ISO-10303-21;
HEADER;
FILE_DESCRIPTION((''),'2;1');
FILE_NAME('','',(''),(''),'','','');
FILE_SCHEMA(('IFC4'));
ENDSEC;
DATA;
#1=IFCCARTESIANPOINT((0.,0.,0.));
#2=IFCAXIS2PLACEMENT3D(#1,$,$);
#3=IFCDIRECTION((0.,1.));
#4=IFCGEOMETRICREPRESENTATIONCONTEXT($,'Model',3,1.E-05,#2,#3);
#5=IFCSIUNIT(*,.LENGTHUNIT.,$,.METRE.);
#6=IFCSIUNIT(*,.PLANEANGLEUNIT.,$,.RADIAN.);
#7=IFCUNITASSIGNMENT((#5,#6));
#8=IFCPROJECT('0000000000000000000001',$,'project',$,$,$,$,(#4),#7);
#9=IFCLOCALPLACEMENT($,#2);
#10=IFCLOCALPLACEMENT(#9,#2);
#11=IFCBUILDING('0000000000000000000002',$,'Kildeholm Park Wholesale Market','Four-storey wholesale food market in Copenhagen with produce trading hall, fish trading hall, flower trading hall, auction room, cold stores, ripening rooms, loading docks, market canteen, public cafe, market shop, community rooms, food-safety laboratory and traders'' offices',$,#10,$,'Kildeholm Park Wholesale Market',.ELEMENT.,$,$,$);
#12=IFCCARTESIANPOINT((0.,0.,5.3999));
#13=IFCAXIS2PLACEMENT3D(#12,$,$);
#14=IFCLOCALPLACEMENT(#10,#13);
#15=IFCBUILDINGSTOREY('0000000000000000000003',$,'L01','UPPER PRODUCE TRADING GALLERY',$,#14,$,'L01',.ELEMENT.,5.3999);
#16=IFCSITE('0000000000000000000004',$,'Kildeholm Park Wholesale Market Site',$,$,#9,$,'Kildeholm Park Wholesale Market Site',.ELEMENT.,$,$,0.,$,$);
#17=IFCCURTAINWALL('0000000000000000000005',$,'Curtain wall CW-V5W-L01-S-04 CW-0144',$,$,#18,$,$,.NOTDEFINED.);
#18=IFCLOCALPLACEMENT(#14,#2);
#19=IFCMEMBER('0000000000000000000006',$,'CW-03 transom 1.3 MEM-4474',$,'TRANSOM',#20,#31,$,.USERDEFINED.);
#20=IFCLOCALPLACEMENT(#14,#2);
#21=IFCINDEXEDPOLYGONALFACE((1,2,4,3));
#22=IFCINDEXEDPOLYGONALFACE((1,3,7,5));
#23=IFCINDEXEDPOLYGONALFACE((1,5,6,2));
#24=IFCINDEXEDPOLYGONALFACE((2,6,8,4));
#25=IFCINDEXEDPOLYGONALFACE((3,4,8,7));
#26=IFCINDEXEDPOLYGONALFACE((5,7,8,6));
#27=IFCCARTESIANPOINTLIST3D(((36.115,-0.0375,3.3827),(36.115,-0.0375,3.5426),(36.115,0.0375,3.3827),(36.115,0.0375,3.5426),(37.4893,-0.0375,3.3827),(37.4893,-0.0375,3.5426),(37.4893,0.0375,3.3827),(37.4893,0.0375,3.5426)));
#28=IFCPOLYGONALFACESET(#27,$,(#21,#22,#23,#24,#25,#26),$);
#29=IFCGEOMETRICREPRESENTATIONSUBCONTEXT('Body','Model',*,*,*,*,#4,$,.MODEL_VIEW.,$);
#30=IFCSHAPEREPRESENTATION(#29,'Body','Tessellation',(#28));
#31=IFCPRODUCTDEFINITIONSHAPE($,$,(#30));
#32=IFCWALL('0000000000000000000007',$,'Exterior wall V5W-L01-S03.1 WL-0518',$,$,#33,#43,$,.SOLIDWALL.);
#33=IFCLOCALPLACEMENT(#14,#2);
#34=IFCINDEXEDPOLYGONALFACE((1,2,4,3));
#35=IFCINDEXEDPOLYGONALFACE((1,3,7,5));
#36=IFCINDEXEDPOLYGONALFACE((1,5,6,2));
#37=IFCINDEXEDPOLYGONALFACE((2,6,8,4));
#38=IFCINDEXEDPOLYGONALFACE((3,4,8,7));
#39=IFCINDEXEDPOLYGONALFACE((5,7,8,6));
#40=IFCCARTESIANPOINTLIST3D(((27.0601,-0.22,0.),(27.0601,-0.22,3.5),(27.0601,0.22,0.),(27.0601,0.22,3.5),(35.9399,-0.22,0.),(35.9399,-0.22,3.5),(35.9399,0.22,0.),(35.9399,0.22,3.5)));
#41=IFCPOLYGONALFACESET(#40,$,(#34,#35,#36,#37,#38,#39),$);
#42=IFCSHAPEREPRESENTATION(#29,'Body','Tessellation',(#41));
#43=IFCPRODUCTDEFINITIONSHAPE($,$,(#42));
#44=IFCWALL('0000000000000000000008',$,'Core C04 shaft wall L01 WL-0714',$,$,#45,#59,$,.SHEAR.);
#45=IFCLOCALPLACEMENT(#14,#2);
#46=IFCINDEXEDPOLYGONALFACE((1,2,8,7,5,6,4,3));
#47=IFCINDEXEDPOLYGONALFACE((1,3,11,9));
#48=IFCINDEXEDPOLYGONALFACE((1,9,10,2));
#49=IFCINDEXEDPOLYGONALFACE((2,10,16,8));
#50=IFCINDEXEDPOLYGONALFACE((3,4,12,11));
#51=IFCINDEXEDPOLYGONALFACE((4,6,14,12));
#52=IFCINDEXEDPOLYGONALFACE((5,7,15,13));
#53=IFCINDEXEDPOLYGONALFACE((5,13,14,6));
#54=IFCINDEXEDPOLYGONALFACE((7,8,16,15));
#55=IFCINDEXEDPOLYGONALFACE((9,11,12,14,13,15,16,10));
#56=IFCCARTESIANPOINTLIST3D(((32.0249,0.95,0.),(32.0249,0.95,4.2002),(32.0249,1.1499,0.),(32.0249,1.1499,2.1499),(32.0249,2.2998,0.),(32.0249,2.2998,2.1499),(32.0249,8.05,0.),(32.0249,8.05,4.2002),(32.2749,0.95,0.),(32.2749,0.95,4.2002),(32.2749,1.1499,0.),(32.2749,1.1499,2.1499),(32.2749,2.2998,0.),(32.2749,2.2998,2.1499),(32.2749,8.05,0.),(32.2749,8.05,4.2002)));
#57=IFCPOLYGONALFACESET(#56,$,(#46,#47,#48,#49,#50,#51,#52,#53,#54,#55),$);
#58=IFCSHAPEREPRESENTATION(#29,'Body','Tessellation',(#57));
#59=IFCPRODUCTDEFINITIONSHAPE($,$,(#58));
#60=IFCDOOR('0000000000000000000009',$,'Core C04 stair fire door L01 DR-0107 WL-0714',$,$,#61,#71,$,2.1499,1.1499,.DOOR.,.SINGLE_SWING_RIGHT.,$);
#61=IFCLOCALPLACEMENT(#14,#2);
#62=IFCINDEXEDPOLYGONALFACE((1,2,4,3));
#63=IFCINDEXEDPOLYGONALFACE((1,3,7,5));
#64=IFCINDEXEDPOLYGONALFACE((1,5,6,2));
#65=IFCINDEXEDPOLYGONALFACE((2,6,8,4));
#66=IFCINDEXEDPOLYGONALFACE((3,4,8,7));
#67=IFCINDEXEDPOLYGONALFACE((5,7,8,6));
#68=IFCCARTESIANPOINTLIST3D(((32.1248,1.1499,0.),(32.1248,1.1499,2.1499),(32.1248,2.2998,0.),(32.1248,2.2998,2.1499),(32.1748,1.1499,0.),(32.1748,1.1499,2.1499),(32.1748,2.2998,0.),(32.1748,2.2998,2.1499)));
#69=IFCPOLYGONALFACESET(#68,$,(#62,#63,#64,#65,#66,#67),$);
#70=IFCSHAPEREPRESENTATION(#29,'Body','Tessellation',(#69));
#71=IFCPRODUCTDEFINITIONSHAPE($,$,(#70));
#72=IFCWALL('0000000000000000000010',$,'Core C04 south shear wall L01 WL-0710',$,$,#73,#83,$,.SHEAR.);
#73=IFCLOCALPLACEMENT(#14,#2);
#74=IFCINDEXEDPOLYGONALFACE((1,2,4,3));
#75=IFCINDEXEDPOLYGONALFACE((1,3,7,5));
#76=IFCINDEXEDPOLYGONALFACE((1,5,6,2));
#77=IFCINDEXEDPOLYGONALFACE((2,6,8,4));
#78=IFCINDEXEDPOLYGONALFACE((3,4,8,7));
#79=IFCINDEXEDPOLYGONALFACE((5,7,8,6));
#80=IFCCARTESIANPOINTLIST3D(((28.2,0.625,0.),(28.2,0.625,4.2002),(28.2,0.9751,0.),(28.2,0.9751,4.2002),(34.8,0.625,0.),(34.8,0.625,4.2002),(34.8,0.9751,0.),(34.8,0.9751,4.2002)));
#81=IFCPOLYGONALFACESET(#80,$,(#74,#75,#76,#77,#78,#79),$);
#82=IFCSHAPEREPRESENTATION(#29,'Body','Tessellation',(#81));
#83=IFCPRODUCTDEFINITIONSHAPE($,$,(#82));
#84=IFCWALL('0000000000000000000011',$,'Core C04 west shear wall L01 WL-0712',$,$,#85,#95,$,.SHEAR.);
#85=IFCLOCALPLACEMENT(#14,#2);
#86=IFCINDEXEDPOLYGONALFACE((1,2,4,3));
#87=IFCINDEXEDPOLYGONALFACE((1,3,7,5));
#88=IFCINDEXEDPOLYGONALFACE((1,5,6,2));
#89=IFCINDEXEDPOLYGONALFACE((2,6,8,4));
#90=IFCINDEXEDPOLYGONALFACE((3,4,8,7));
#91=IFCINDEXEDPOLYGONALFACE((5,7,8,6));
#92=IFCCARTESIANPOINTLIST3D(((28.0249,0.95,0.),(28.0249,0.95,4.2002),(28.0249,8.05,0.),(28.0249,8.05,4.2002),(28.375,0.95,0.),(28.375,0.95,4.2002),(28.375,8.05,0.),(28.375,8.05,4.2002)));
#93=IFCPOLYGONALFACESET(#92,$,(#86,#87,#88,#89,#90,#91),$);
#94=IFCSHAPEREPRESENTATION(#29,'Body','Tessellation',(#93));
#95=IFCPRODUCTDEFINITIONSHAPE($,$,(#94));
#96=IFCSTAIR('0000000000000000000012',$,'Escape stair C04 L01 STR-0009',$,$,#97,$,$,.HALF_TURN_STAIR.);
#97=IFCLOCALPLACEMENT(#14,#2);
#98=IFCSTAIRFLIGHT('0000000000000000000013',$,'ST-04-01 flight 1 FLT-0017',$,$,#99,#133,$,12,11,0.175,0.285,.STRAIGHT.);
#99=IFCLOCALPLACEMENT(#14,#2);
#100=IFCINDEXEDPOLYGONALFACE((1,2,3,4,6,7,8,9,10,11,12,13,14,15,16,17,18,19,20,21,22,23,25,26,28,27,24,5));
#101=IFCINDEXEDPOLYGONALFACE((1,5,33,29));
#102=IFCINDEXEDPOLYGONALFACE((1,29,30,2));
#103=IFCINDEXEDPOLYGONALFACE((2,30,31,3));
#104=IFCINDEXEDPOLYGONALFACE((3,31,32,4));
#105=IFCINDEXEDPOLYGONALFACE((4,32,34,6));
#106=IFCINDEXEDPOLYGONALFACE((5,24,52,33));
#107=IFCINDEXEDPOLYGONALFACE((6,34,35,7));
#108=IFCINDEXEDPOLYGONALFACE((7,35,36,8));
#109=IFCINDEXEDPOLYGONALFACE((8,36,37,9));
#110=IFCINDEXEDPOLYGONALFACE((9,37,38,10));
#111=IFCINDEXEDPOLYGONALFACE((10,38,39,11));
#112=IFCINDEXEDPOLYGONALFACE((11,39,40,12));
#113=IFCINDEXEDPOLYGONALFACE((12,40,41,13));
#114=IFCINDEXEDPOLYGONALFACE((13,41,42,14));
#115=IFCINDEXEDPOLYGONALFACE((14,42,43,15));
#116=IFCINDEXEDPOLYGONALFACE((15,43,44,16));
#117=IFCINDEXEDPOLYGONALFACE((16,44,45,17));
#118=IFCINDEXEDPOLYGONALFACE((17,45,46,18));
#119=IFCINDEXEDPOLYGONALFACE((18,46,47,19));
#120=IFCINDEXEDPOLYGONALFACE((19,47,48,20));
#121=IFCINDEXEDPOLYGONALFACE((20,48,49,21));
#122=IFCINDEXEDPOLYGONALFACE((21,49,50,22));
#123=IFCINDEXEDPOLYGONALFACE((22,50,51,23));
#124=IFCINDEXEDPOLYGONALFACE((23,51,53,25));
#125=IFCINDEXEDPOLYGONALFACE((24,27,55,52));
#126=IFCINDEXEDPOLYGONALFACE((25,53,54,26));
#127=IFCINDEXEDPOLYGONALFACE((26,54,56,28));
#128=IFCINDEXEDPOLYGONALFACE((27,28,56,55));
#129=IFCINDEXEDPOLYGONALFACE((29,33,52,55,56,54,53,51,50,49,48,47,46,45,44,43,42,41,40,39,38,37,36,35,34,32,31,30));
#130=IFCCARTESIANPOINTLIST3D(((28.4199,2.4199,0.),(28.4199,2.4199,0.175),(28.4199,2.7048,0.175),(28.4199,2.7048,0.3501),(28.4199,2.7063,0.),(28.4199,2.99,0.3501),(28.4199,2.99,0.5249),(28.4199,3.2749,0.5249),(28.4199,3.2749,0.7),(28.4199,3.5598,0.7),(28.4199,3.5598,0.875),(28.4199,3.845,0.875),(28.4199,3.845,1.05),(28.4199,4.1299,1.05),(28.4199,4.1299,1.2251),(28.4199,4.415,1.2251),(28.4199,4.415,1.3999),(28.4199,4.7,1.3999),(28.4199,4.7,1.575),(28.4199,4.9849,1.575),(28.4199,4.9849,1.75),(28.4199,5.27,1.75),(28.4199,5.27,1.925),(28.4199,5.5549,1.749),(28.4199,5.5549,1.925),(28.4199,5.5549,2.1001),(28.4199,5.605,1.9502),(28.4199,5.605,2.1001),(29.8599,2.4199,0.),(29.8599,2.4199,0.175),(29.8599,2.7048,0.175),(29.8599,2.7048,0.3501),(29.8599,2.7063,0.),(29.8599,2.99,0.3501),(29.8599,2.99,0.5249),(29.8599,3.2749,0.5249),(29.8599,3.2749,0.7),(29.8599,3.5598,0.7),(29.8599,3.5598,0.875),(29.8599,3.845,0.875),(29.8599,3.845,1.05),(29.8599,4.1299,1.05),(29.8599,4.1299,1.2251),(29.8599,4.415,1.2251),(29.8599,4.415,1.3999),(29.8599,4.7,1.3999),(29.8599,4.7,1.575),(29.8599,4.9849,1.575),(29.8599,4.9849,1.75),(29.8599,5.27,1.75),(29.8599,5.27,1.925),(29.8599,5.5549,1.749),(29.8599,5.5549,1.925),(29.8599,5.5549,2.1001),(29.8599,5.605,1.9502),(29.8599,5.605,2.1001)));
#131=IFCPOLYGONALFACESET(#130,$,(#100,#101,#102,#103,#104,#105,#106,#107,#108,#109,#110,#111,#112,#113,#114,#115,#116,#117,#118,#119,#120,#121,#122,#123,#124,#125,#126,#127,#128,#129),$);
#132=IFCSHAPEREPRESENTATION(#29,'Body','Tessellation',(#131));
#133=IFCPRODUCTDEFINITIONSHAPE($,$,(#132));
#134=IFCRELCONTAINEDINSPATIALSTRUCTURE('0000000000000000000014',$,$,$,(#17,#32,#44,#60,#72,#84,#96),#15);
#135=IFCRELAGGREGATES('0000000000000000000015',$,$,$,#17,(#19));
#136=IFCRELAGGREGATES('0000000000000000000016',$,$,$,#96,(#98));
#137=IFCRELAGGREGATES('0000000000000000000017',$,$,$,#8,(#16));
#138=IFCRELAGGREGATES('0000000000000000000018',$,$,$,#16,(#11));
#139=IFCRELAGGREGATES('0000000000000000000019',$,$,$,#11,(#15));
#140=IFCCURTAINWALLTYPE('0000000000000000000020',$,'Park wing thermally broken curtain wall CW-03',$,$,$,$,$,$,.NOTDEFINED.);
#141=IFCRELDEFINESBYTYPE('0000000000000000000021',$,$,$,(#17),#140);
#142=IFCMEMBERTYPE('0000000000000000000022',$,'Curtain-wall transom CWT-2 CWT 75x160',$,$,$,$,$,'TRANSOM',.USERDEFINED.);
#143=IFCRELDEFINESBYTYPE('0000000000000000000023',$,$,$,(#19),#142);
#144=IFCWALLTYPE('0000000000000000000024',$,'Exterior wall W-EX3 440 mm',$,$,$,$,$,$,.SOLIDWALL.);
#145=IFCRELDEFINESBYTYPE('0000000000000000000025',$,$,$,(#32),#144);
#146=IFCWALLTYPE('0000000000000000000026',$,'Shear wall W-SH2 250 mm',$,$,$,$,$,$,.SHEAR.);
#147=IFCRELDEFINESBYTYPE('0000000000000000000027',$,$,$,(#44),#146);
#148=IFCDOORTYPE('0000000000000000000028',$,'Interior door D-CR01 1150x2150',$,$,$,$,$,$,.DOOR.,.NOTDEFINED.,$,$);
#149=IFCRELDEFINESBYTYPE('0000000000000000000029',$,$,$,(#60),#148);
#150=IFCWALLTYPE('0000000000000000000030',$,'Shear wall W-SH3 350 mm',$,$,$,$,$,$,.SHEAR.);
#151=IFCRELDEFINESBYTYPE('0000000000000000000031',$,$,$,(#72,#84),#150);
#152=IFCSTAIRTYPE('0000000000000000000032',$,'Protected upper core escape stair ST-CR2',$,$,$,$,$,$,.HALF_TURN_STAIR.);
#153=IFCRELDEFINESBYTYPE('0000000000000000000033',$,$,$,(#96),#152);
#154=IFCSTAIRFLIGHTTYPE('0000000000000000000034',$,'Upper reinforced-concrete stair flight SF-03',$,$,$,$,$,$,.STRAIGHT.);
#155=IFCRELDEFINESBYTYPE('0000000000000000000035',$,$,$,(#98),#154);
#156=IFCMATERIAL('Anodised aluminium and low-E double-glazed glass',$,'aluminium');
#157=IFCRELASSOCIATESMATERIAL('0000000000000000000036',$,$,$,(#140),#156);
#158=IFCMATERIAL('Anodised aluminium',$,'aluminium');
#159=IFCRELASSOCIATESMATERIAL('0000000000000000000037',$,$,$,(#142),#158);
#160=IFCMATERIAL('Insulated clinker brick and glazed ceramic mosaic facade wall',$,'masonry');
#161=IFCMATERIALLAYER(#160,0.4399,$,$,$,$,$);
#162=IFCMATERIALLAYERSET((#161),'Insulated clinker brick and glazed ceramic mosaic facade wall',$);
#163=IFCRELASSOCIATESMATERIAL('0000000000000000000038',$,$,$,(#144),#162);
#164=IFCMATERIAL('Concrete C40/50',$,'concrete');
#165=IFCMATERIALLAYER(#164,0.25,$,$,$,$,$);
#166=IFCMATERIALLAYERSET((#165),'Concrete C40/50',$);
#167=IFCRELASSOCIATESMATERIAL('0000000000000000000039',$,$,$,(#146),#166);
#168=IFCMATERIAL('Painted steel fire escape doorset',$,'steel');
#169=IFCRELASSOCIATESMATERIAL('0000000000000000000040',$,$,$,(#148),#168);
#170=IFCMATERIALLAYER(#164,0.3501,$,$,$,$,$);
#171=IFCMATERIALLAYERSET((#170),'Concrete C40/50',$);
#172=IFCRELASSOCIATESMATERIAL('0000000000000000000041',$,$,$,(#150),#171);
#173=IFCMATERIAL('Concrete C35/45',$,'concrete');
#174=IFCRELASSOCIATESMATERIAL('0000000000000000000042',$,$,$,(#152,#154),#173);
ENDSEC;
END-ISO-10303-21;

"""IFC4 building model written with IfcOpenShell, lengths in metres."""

from ifc_helpers import new_model, si_unit, direction, frame, frame_2d, origin, origin_2d, place, context, subcontext, project, spatial, polyline, rectangle, outline, extrude, material, layer, layer_set, material_profile, profile_set, type_object, element, fill, aggregate, save


model = new_model("IFC4")

# Units and contexts
model_context = context("Model", 3, precision=1e-05, world=origin(), true_north=direction((0.0, 1.0)))
body_context = subcontext(model_context, "Body", "Model", "MODEL_VIEW")
ifc_project = project(units=[si_unit("LENGTHUNIT", "METRE"), si_unit("PLANEANGLEUNIT", "RADIAN")], contexts=[model_context])

# Site, building, storey
site_placement = place(None, origin())
site = spatial("IfcSite", under=ifc_project, at=site_placement, Name="Kildeholm Park Wholesale Market Site", LongName="Kildeholm Park Wholesale Market Site", CompositionType="ELEMENT", RefElevation=0.0)
building_placement = place(site_placement, origin())
building = spatial("IfcBuilding", under=site, at=building_placement, Name="Kildeholm Park Wholesale Market", Description="Four-storey wholesale food market in Copenhagen with produce trading hall, fish trading hall, flower trading hall, auction room, cold stores, ripening rooms, loading docks, market canteen, public cafe, market shop, community rooms, food-safety laboratory and traders' offices", LongName="Kildeholm Park Wholesale Market", CompositionType="ELEMENT")
storey_placement = place(building_placement, frame((0.0, 0.0, 5.3999)))
storey = spatial("IfcBuildingStorey", under=building, at=storey_placement, Name="L01", Description="UPPER PRODUCE TRADING GALLERY", LongName="L01", CompositionType="ELEMENT", Elevation=5.3999)

# Shared definitions
ifc_material_1 = material(Name="Anodised aluminium and low-E double-glazed glass", Category="aluminium")
curtain_wall_type = type_object("IfcCurtainWallType", Name="Park wing thermally broken curtain wall CW-03", PredefinedType="NOTDEFINED", material=ifc_material_1)
ifc_material_2 = material(Name="Anodised aluminium", Category="aluminium")

# Curtain wall, member
curtain_wall_1_placement = place(storey_placement, origin())
curtain_wall_1 = element("IfcCurtainWall", 1, at=curtain_wall_1_placement, inside=storey, type_object=curtain_wall_type, Name="Curtain wall CW-V5W-L01-S-04 CW-0144", PredefinedType="NOTDEFINED")
ifc_material_profile_1 = material_profile(ifc_material_2, rectangle(XDim=0.075, YDim=0.1599, at=origin_2d()), Name="CWT 75x160")
ifc_profile_set_1 = profile_set([ifc_material_profile_1], Name="Anodised aluminium")
member_type_1 = type_object("IfcMemberType", Name="Curtain-wall transom CWT-2 CWT 75x160", ElementType="TRANSOM", PredefinedType="USERDEFINED", material=ifc_profile_set_1)
member_1_placement = place(storey_placement, frame((36.115, 0.0, 3.4626), z_axis=(1.0, 0.0, 0.0), x_axis=(0.0, 1.0, 0.0)))
member_1 = element("IfcMember", 2, at=member_1_placement, type_object=member_type_1, Name="CW-03 transom 1.3 MEM-4474", ObjectType="TRANSOM", PredefinedType="USERDEFINED", context=body_context, shape_type="SweptSolid", body=[
    extrude(rectangle(XDim=0.075, YDim=0.1599, at=origin_2d()), origin(), (0.0, 0.0, 1.0), 1.3743),
])
aggregate(curtain_wall_1, [member_1])

# Wall
ifc_material_3 = material(Name="Insulated clinker brick and glazed ceramic mosaic facade wall", Category="masonry")
ifc_layer_1 = layer(ifc_material_3, 0.4399)
ifc_layer_set_1 = layer_set([ifc_layer_1], Name="Insulated clinker brick and glazed ceramic mosaic facade wall")
wall_type_1 = type_object("IfcWallType", Name="Exterior wall W-EX3 440 mm", PredefinedType="SOLIDWALL", material=ifc_layer_set_1)
wall_1_placement = place(storey_placement, frame((27.0601, 0.0, 0.0), z_axis=(0.0, 0.0, 1.0), x_axis=(1.0, 0.0, 0.0)))
element("IfcWall", 3, at=wall_1_placement, inside=storey, type_object=wall_type_1, Name="Exterior wall V5W-L01-S03.1 WL-0518", PredefinedType="SOLIDWALL", context=body_context, shape_type="SweptSolid", body=[
    extrude(rectangle(XDim=8.8799, YDim=0.4399, at=frame_2d((4.4399, 0.0))), origin(), (0.0, 0.0, 1.0), 3.5),
])

# Wall, opening, door
ifc_material_4 = material(Name="Concrete C40/50", Category="concrete")
ifc_layer_2 = layer(ifc_material_4, 0.25)
ifc_layer_set_2 = layer_set([ifc_layer_2], Name="Concrete C40/50")
wall_type_2 = type_object("IfcWallType", Name="Shear wall W-SH2 250 mm", PredefinedType="SHEAR", material=ifc_layer_set_2)
wall_2_placement = place(storey_placement, frame((32.1499, 0.95, 0.0), z_axis=(0.0, 0.0, 1.0), x_axis=(0.0, 1.0, 0.0)))
wall_2 = element("IfcWall", 4, at=wall_2_placement, inside=storey, type_object=wall_type_2, Name="Core C04 shaft wall L01 WL-0714", PredefinedType="SHEAR", context=body_context, shape_type="SweptSolid", body=[
    extrude(rectangle(XDim=7.1001, YDim=0.25, at=frame_2d((3.55, 0.0))), origin(), (0.0, 0.0, 1.0), 4.2002),
])
opening_1_placement = place(wall_2_placement, frame((0.2, 0.0, 0.0)))
opening_1 = element("IfcOpeningElement", 5, at=opening_1_placement, cuts=wall_2, PredefinedType="OPENING", context=body_context, shape_type="SweptSolid", body=[
    extrude(rectangle(XDim=1.1499, YDim=2.1499, at=frame_2d((0.575, 1.075))), frame((0.0, 0.135, 0.0), z_axis=(0.0, -1.0, 0.0), x_axis=(1.0, 0.0, 0.0)), (0.0, 0.0, 1.0), 0.27),
])
ifc_material_5 = material(Name="Painted steel fire escape doorset", Category="steel")
door_type_1 = type_object("IfcDoorType", Name="Interior door D-CR01 1150x2150", OperationType="NOTDEFINED", PredefinedType="DOOR", material=ifc_material_5)
door_1_placement = place(opening_1_placement, frame((1.1499, 0.0, 0.0), z_axis=(0.0, 0.0, 1.0), x_axis=(-1.0, 0.0, 0.0)))
door_1 = element("IfcDoor", 6, at=door_1_placement, inside=storey, type_object=door_type_1, Name="Core C04 stair fire door L01 DR-0107 WL-0714", OperationType="SINGLE_SWING_RIGHT", OverallHeight=2.1499, OverallWidth=1.1499, PredefinedType="DOOR", context=body_context, shape_type="SweptSolid", body=[
    extrude(rectangle(XDim=1.1499, YDim=2.1499, at=frame_2d((0.575, 1.075))), frame((0.0, 0.0249, 0.0), z_axis=(0.0, -1.0, 0.0), x_axis=(1.0, 0.0, 0.0)), (0.0, 0.0, 1.0), 0.05),
])
fill(opening_1, door_1)

# Walls
ifc_layer_3 = layer(ifc_material_4, 0.3501)
ifc_layer_set_3 = layer_set([ifc_layer_3], Name="Concrete C40/50")
wall_type_3 = type_object("IfcWallType", Name="Shear wall W-SH3 350 mm", PredefinedType="SHEAR", material=ifc_layer_set_3)
wall_3_placement = place(storey_placement, frame((28.2, 0.8, 0.0), z_axis=(0.0, 0.0, 1.0), x_axis=(1.0, 0.0, 0.0)))
element("IfcWall", 7, at=wall_3_placement, inside=storey, type_object=wall_type_3, Name="Core C04 south shear wall L01 WL-0710", PredefinedType="SHEAR", context=body_context, shape_type="SweptSolid", body=[
    extrude(rectangle(XDim=6.6001, YDim=0.3501, at=frame_2d((3.3, 0.0))), origin(), (0.0, 0.0, 1.0), 4.2002),
])
wall_4_placement = place(storey_placement, frame((28.2, 0.95, 0.0), z_axis=(0.0, 0.0, 1.0), x_axis=(0.0, 1.0, 0.0)))
element("IfcWall", 8, at=wall_4_placement, inside=storey, type_object=wall_type_3, Name="Core C04 west shear wall L01 WL-0712", PredefinedType="SHEAR", context=body_context, shape_type="SweptSolid", body=[
    extrude(rectangle(XDim=7.1001, YDim=0.3501, at=frame_2d((3.55, 0.0))), origin(), (0.0, 0.0, 1.0), 4.2002),
])

# Stair, stair flight
ifc_material_6 = material(Name="Concrete C35/45", Category="concrete")
stair_type = type_object("IfcStairType", Name="Protected upper core escape stair ST-CR2", PredefinedType="HALF_TURN_STAIR", material=ifc_material_6)
stair_placement = place(storey_placement, origin())
stair = element("IfcStair", 9, at=stair_placement, inside=storey, type_object=stair_type, Name="Escape stair C04 L01 STR-0009", PredefinedType="HALF_TURN_STAIR")
stair_flight_type = type_object("IfcStairFlightType", Name="Upper reinforced-concrete stair flight SF-03", PredefinedType="STRAIGHT", material=ifc_material_6)
stair_flight_placement = place(storey_placement, frame((29.1399, 2.4199, 0.0), z_axis=(0.0, 0.0, 1.0), x_axis=(0.0, 1.0, 0.0)))
stair_flight = element("IfcStairFlight", 10, at=stair_flight_placement, type_object=stair_flight_type, Name="ST-04-01 flight 1 FLT-0017", NumberOfRisers=12, NumberOfTreads=11, PredefinedType="STRAIGHT", RiserHeight=0.175, TreadLength=0.285, context=body_context, shape_type="SweptSolid", body=[
    extrude(outline(polyline([(0.0, 0.0), (0.0, 0.175), (0.2849, 0.175), (0.2849, 0.3501), (0.5701, 0.3501), (0.5701, 0.5249), (0.855, 0.5249), (0.855, 0.7), (1.1399, 0.7), (1.1399, 0.875), (1.425, 0.875), (1.425, 1.05), (1.71, 1.05), (1.71, 1.2251), (1.9951, 1.2251), (1.9951, 1.3999), (2.28, 1.3999), (2.28, 1.575), (2.5649, 1.575), (2.5649, 1.75), (2.8501, 1.75), (2.8501, 1.925), (3.135, 1.925), (3.135, 2.1001), (3.1851, 2.1001), (3.1851, 1.9502), (3.135, 1.749), (0.2864, 0.0), (0.0, 0.0)])), frame((0.0, 0.72, 0.0), z_axis=(0.0, -1.0, 0.0), x_axis=(1.0, 0.0, 0.0)), (0.0, 0.0, 1.0), 1.4399),
])
aggregate(stair, [stair_flight])

save(model, "model.ifc")
